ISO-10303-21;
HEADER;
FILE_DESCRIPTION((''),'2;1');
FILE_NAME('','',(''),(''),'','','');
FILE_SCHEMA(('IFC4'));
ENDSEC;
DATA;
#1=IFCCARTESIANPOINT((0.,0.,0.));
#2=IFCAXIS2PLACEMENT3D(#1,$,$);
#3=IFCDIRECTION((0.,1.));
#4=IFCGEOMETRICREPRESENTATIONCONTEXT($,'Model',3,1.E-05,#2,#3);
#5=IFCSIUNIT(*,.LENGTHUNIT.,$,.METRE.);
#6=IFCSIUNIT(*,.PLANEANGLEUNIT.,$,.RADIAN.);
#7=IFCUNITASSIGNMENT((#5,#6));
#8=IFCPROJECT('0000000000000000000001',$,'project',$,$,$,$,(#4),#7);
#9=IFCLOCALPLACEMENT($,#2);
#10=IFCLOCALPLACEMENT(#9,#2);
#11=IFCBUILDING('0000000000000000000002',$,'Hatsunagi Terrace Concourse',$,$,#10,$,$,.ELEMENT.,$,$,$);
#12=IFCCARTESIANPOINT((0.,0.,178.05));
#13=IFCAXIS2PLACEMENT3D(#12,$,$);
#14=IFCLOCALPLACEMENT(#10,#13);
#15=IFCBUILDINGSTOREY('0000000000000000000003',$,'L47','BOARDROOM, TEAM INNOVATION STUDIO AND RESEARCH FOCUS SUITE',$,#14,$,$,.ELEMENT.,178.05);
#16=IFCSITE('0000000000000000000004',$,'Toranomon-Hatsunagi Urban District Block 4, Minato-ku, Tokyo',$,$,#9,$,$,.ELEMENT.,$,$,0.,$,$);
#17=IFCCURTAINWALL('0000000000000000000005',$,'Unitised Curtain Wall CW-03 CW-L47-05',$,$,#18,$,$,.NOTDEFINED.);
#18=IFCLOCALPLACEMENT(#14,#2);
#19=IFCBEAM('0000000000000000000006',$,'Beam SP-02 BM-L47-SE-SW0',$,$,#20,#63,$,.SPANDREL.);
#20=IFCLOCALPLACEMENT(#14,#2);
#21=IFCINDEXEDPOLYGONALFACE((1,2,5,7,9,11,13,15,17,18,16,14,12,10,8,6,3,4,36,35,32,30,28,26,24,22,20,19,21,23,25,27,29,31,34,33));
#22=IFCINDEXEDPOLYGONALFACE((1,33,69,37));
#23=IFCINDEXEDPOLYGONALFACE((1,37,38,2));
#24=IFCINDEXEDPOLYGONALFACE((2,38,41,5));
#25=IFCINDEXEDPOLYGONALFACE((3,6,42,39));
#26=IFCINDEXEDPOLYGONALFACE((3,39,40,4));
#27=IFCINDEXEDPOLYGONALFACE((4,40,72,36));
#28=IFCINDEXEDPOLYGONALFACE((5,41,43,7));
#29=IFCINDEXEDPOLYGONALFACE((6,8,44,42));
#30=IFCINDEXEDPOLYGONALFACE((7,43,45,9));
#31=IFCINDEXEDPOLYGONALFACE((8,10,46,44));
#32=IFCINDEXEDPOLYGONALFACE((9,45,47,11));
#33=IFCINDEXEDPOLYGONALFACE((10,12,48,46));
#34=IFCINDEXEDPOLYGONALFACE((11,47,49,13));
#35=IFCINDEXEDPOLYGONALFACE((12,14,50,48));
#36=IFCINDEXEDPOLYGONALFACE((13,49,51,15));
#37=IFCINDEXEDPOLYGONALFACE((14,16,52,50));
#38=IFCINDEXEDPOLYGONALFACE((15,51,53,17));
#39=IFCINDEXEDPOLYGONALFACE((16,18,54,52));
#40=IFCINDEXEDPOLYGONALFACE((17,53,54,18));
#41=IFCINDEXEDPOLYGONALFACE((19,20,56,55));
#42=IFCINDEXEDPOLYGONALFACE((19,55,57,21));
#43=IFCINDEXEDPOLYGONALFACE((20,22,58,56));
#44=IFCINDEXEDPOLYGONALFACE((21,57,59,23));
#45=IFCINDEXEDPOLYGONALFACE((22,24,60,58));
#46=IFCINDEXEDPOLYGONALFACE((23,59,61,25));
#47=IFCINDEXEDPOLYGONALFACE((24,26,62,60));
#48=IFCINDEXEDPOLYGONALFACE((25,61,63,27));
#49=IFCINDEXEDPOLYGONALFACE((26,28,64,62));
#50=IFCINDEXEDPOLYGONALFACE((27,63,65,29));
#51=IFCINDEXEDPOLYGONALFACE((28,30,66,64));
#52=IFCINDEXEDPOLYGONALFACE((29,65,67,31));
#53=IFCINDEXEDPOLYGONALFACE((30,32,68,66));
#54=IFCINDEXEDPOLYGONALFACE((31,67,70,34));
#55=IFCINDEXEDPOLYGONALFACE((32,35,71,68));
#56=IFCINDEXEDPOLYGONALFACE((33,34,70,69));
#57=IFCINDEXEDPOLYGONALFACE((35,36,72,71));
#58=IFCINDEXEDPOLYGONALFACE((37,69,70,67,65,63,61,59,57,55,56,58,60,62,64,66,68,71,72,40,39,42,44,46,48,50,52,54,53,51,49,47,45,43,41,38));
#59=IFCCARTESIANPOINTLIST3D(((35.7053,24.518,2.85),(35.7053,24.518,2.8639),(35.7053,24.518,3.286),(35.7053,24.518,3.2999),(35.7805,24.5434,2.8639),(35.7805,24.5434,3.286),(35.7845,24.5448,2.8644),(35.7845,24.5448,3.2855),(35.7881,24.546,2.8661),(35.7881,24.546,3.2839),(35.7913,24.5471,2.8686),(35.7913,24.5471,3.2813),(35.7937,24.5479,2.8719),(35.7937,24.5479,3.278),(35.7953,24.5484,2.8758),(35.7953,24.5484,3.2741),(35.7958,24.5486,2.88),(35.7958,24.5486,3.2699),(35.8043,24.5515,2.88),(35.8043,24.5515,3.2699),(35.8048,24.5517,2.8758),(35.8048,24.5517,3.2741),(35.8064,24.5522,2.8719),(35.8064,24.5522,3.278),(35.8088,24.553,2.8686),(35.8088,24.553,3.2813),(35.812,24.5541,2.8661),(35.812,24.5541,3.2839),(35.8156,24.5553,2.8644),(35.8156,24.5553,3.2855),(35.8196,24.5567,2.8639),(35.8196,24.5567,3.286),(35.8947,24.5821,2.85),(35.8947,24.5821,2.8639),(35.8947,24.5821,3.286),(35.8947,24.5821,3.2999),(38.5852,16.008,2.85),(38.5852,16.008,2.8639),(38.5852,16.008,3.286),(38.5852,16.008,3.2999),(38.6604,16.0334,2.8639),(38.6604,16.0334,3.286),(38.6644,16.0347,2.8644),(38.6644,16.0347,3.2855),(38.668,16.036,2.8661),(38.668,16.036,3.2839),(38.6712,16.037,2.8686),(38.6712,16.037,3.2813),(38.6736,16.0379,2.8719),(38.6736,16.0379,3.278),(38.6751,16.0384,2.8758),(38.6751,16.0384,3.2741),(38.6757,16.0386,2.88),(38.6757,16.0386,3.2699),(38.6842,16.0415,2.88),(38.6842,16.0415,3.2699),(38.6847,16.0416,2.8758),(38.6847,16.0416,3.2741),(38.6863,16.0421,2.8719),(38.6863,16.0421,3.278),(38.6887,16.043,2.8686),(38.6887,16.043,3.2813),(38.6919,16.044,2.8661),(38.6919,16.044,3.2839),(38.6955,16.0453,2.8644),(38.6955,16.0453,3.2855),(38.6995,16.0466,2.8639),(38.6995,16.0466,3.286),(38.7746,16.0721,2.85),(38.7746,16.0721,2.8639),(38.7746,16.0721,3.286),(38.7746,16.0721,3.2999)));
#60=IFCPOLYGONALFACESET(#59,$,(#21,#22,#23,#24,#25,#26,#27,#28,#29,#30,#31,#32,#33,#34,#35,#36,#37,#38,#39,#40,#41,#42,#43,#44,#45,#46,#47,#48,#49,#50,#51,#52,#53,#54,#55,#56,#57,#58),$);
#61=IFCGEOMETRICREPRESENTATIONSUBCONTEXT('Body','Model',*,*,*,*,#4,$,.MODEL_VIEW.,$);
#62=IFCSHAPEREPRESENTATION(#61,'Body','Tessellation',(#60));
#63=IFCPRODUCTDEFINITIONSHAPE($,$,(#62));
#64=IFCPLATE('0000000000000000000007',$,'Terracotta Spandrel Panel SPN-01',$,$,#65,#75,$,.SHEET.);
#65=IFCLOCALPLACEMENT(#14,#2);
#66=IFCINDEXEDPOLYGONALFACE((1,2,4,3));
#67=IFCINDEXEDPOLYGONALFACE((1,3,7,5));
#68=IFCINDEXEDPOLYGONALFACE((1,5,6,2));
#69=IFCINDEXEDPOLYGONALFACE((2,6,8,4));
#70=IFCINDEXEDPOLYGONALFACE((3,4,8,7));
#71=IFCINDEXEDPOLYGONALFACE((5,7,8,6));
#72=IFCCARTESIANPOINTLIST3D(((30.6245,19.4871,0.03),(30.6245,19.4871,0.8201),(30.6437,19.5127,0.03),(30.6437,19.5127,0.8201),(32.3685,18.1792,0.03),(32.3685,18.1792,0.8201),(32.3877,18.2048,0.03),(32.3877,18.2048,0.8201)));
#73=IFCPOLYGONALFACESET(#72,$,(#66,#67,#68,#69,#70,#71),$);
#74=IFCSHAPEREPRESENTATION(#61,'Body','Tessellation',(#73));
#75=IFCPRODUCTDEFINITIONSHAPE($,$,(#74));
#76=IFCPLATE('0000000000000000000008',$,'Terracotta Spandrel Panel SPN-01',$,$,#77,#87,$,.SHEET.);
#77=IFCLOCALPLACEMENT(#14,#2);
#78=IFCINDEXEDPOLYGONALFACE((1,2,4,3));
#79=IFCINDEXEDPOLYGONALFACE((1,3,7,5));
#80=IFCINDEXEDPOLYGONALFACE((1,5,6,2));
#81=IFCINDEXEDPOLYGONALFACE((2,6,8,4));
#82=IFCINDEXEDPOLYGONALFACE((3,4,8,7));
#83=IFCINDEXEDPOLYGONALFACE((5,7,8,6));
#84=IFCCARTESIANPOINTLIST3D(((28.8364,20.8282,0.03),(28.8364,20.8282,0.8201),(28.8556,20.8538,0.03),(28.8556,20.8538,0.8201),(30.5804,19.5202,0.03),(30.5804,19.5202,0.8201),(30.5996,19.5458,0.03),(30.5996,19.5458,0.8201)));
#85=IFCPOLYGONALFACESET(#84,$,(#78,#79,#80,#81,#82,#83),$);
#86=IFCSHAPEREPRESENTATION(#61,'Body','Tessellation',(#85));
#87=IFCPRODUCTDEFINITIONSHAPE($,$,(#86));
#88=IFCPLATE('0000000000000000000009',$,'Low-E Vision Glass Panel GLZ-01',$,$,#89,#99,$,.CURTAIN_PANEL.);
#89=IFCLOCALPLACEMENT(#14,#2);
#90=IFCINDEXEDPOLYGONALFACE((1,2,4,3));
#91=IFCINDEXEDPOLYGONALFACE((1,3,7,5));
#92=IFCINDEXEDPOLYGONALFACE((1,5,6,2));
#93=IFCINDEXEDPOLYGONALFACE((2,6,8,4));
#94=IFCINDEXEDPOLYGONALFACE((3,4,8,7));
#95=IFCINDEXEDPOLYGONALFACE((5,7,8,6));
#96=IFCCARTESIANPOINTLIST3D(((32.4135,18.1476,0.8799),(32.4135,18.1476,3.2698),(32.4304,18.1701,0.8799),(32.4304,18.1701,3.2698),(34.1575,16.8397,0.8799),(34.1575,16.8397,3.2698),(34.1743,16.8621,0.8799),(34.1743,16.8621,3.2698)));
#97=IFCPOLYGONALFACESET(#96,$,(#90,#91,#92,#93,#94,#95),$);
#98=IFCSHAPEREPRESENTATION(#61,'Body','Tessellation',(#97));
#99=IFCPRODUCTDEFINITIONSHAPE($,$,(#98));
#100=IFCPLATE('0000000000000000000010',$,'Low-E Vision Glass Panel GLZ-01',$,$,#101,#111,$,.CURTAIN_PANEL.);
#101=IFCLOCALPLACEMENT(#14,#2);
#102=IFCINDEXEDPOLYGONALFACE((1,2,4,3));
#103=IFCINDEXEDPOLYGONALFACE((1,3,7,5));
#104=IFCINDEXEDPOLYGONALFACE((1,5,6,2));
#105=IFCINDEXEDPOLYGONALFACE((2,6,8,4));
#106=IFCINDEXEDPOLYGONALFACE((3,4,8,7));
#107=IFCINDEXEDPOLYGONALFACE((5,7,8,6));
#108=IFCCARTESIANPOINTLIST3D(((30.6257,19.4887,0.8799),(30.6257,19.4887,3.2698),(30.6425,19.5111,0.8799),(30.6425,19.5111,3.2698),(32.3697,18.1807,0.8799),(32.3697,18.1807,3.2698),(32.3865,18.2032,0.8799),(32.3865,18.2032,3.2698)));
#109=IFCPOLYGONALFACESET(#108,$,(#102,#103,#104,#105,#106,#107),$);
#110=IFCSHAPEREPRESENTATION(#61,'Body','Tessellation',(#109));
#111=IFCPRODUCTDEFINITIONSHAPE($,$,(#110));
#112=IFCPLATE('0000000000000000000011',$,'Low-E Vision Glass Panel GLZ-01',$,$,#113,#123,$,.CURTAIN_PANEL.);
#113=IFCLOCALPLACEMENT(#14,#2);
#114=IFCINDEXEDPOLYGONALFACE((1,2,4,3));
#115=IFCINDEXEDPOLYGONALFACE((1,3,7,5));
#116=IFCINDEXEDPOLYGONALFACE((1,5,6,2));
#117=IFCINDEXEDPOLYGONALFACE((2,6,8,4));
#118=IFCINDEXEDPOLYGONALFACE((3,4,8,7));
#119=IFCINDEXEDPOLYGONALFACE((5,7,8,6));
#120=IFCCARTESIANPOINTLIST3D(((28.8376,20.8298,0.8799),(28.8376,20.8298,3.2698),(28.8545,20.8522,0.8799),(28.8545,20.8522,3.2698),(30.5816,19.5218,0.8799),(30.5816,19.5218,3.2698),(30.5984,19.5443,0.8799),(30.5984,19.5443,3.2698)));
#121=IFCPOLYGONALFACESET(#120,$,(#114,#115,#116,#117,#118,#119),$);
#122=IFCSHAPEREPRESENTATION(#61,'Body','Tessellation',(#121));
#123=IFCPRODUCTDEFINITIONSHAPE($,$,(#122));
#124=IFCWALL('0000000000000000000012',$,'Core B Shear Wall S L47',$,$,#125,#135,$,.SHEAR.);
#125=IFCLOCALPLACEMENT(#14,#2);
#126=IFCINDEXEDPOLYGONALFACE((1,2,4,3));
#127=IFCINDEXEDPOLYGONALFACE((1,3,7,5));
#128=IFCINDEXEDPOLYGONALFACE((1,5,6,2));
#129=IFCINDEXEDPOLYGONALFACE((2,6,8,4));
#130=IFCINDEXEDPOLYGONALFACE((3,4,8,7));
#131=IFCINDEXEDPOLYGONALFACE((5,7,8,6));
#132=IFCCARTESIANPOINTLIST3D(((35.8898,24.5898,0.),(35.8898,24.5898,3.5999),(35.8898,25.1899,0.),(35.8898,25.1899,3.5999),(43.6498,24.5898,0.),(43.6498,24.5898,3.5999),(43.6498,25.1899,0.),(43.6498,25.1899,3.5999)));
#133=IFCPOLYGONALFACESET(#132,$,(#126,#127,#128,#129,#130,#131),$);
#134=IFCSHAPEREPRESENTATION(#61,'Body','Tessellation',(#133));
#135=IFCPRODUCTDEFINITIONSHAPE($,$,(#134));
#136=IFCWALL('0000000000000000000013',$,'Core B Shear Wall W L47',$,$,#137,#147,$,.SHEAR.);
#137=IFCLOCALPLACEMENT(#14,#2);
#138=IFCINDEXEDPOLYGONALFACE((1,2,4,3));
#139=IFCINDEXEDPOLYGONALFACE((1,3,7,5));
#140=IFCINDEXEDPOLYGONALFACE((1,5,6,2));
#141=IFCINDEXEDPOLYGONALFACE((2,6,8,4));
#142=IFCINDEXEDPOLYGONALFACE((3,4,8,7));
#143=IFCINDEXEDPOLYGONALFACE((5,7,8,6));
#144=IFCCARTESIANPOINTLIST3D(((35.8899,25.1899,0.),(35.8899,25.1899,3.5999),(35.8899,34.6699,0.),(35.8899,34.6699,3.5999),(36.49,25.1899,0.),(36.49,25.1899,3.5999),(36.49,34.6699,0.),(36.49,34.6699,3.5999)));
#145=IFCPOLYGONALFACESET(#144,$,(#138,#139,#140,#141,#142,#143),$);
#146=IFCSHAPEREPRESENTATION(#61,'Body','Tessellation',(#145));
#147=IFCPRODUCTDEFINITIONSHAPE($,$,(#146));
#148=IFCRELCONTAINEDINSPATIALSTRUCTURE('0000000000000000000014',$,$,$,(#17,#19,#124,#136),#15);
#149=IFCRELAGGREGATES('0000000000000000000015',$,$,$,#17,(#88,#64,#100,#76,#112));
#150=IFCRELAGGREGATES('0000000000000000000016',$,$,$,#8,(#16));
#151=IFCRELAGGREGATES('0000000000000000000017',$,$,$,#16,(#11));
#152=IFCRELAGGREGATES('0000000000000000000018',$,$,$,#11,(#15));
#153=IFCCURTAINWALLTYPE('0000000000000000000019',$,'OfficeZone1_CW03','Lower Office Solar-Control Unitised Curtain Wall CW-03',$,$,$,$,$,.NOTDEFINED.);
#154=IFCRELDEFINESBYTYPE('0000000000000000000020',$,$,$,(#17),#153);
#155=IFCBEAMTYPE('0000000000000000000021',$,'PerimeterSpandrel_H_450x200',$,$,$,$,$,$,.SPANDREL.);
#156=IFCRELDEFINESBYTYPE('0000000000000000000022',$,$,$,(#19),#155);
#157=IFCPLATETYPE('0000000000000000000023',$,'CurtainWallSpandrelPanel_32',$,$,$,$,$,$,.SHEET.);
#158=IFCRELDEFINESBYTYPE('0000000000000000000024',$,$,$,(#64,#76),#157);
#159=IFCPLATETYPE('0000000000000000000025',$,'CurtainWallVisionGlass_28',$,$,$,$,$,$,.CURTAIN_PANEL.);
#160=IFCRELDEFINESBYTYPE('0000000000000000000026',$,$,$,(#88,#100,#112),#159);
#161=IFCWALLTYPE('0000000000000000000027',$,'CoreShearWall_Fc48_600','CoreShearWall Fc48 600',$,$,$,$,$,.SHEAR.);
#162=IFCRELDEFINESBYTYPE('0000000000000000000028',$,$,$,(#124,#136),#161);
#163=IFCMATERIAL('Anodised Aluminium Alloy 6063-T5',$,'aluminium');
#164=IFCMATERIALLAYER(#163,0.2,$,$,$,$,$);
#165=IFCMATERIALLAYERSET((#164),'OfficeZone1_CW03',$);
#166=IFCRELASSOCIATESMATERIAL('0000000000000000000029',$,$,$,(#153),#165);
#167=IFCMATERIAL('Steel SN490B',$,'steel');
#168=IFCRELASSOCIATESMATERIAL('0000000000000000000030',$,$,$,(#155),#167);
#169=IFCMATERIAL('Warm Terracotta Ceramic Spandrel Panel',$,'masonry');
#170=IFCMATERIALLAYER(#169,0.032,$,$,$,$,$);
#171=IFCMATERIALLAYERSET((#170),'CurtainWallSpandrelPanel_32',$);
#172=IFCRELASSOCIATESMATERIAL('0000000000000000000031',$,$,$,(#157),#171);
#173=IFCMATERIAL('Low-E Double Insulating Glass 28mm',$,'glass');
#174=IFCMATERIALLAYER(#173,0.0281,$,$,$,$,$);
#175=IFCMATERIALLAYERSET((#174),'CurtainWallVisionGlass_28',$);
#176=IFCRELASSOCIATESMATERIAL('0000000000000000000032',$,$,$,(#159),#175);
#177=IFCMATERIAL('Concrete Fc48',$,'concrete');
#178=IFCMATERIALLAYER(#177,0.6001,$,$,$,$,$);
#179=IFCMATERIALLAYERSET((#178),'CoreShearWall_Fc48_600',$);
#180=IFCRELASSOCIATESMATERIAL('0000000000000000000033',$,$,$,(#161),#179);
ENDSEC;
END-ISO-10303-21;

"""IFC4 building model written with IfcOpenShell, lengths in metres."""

from ifc_helpers import new_model, si_unit, direction, frame, frame_2d, origin, origin_2d, place, context, subcontext, project, spatial, rectangle, i_section, extrude, material, layer, layer_set, material_profile, profile_set, type_object, element, aggregate, save


model = new_model("IFC4")

# Units and contexts
model_context = context("Model", 3, precision=1e-05, world=origin(), true_north=direction((0.0, 1.0)))
body_context = subcontext(model_context, "Body", "Model", "MODEL_VIEW")
ifc_project = project(units=[si_unit("LENGTHUNIT", "METRE"), si_unit("PLANEANGLEUNIT", "RADIAN")], contexts=[model_context])

# Site, building, storey
site_placement = place(None, origin())
site = spatial("IfcSite", under=ifc_project, at=site_placement, Name="Toranomon-Hatsunagi Urban District Block 4, Minato-ku, Tokyo", CompositionType="ELEMENT", RefElevation=0.0)
building_placement = place(site_placement, origin())
building = spatial("IfcBuilding", under=site, at=building_placement, Name="Hatsunagi Terrace Concourse", CompositionType="ELEMENT")
storey_placement = place(building_placement, frame((0.0, 0.0, 178.05)))
storey = spatial("IfcBuildingStorey", under=building, at=storey_placement, Name="L47", Description="BOARDROOM, TEAM INNOVATION STUDIO AND RESEARCH FOCUS SUITE", CompositionType="ELEMENT", Elevation=178.05)

# Curtain wall
ifc_material_1 = material(Name="Anodised Aluminium Alloy 6063-T5", Category="aluminium")
ifc_layer_1 = layer(ifc_material_1, 0.2)
ifc_layer_set_1 = layer_set([ifc_layer_1], Name="OfficeZone1_CW03")
curtain_wall_type = type_object("IfcCurtainWallType", Name="OfficeZone1_CW03", Description="Lower Office Solar-Control Unitised Curtain Wall CW-03", PredefinedType="NOTDEFINED", material=ifc_layer_set_1)
curtain_wall_placement = place(storey_placement, origin())
curtain_wall = element("IfcCurtainWall", 1, at=curtain_wall_placement, inside=storey, type_object=curtain_wall_type, Name="Unitised Curtain Wall CW-03 CW-L47-05", PredefinedType="NOTDEFINED")

# Beam
ifc_material_2 = material(Name="Steel SN490B", Category="steel")
ifc_material_profile_1 = material_profile(ifc_material_2, i_section(OverallWidth=0.2, OverallDepth=0.45, WebThickness=0.009, FlangeThickness=0.0139, FilletRadius=0.0161, at=origin_2d()), Name="H-450x200x9x14")
ifc_profile_set_1 = profile_set([ifc_material_profile_1], Name="Steel SN490B")
beam_type_1 = type_object("IfcBeamType", Name="PerimeterSpandrel_H_450x200", PredefinedType="SPANDREL", material=ifc_profile_set_1)
beam_placement = place(storey_placement, frame((35.8, 24.55, 3.075), z_axis=(0.320553, -0.94723, 0.0), x_axis=(0.94723, 0.320553, 0.0)))
element("IfcBeam", 2, at=beam_placement, inside=storey, type_object=beam_type_1, Name="Beam SP-02 BM-L47-SE-SW0", PredefinedType="SPANDREL", context=body_context, shape_type="SweptSolid", body=[
    extrude(i_section(OverallWidth=0.2, OverallDepth=0.45, WebThickness=0.009, FlangeThickness=0.0139, FilletRadius=0.0161, at=origin_2d()), origin(), (0.0, 0.0, 1.0), 8.9841),
])

# Plates
ifc_material_3 = material(Name="Warm Terracotta Ceramic Spandrel Panel", Category="masonry")
ifc_layer_2 = layer(ifc_material_3, 0.032)
ifc_layer_set_2 = layer_set([ifc_layer_2], Name="CurtainWallSpandrelPanel_32")
plate_type_1 = type_object("IfcPlateType", Name="CurtainWallSpandrelPanel_32", PredefinedType="SHEET", material=ifc_layer_set_2)
plate_1_placement = place(storey_placement, frame((31.5061, 18.8459, 0.03), z_axis=(0.0, 0.0, 1.0), x_axis=(-0.800005, 0.599993, 0.0)))
plate_1 = element("IfcPlate", 3, at=plate_1_placement, type_object=plate_type_1, Name="Terracotta Spandrel Panel SPN-01", PredefinedType="SHEET", context=body_context, shape_type="SweptSolid", body=[
    extrude(rectangle(XDim=2.1799, YDim=0.032, at=origin_2d()), origin(), (0.0, 0.0, 1.0), 0.79),
])
plate_2_placement = place(storey_placement, frame((29.718, 20.187, 0.03), z_axis=(0.0, 0.0, 1.0), x_axis=(-0.800005, 0.599993, 0.0)))
plate_2 = element("IfcPlate", 4, at=plate_2_placement, type_object=plate_type_1, Name="Terracotta Spandrel Panel SPN-01", PredefinedType="SHEET", context=body_context, shape_type="SweptSolid", body=[
    extrude(rectangle(XDim=2.1799, YDim=0.032, at=origin_2d()), origin(), (0.0, 0.0, 1.0), 0.79),
])
ifc_material_4 = material(Name="Low-E Double Insulating Glass 28mm", Category="glass")
ifc_layer_3 = layer(ifc_material_4, 0.0281)
ifc_layer_set_3 = layer_set([ifc_layer_3], Name="CurtainWallVisionGlass_28")
plate_type_2 = type_object("IfcPlateType", Name="CurtainWallVisionGlass_28", PredefinedType="CURTAIN_PANEL", material=ifc_layer_set_3)
plate_3_placement = place(storey_placement, frame((33.2939, 17.5049, 0.8799), z_axis=(0.0, 0.0, 1.0), x_axis=(-0.800005, 0.599993, 0.0)))
plate_3 = element("IfcPlate", 5, at=plate_3_placement, type_object=plate_type_2, Name="Low-E Vision Glass Panel GLZ-01", PredefinedType="CURTAIN_PANEL", context=body_context, shape_type="SweptSolid", body=[
    extrude(rectangle(XDim=2.1799, YDim=0.0281, at=origin_2d()), origin(), (0.0, 0.0, 1.0), 2.3899),
])
plate_4_placement = place(storey_placement, frame((31.5061, 18.8459, 0.8799), z_axis=(0.0, 0.0, 1.0), x_axis=(-0.800005, 0.599993, 0.0)))
plate_4 = element("IfcPlate", 6, at=plate_4_placement, type_object=plate_type_2, Name="Low-E Vision Glass Panel GLZ-01", PredefinedType="CURTAIN_PANEL", context=body_context, shape_type="SweptSolid", body=[
    extrude(rectangle(XDim=2.1799, YDim=0.0281, at=origin_2d()), origin(), (0.0, 0.0, 1.0), 2.3899),
])
plate_5_placement = place(storey_placement, frame((29.718, 20.187, 0.8799), z_axis=(0.0, 0.0, 1.0), x_axis=(-0.800005, 0.599993, 0.0)))
plate_5 = element("IfcPlate", 7, at=plate_5_placement, type_object=plate_type_2, Name="Low-E Vision Glass Panel GLZ-01", PredefinedType="CURTAIN_PANEL", context=body_context, shape_type="SweptSolid", body=[
    extrude(rectangle(XDim=2.1799, YDim=0.0281, at=origin_2d()), origin(), (0.0, 0.0, 1.0), 2.3899),
])
aggregate(curtain_wall, [plate_3, plate_1, plate_4, plate_2, plate_5])

# Walls
ifc_material_5 = material(Name="Concrete Fc48", Category="concrete")
ifc_layer_4 = layer(ifc_material_5, 0.6001)
ifc_layer_set_4 = layer_set([ifc_layer_4], Name="CoreShearWall_Fc48_600")
wall_type_1 = type_object("IfcWallType", Name="CoreShearWall_Fc48_600", Description="CoreShearWall Fc48 600", PredefinedType="SHEAR", material=ifc_layer_set_4)
wall_1_placement = place(storey_placement, frame((35.8899, 24.8899, 0.0), z_axis=(0.0, 0.0, 1.0), x_axis=(1.0, 0.0, 0.0)))
element("IfcWall", 8, at=wall_1_placement, inside=storey, type_object=wall_type_1, Name="Core B Shear Wall S L47", PredefinedType="SHEAR", context=body_context, shape_type="SweptSolid", body=[
    extrude(rectangle(XDim=7.76, YDim=0.6001, at=frame_2d((3.8799, 0.0))), origin(), (0.0, 0.0, 1.0), 3.5999),
])
wall_2_placement = place(storey_placement, frame((36.1899, 25.1899, 0.0), z_axis=(0.0, 0.0, 1.0), x_axis=(0.0, 1.0, 0.0)))
element("IfcWall", 9, at=wall_2_placement, inside=storey, type_object=wall_type_1, Name="Core B Shear Wall W L47", PredefinedType="SHEAR", context=body_context, shape_type="SweptSolid", body=[
    extrude(rectangle(XDim=9.48, YDim=0.6001, at=frame_2d((4.74, 0.0))), origin(), (0.0, 0.0, 1.0), 3.5999),
])

save(model, "model.ifc")
